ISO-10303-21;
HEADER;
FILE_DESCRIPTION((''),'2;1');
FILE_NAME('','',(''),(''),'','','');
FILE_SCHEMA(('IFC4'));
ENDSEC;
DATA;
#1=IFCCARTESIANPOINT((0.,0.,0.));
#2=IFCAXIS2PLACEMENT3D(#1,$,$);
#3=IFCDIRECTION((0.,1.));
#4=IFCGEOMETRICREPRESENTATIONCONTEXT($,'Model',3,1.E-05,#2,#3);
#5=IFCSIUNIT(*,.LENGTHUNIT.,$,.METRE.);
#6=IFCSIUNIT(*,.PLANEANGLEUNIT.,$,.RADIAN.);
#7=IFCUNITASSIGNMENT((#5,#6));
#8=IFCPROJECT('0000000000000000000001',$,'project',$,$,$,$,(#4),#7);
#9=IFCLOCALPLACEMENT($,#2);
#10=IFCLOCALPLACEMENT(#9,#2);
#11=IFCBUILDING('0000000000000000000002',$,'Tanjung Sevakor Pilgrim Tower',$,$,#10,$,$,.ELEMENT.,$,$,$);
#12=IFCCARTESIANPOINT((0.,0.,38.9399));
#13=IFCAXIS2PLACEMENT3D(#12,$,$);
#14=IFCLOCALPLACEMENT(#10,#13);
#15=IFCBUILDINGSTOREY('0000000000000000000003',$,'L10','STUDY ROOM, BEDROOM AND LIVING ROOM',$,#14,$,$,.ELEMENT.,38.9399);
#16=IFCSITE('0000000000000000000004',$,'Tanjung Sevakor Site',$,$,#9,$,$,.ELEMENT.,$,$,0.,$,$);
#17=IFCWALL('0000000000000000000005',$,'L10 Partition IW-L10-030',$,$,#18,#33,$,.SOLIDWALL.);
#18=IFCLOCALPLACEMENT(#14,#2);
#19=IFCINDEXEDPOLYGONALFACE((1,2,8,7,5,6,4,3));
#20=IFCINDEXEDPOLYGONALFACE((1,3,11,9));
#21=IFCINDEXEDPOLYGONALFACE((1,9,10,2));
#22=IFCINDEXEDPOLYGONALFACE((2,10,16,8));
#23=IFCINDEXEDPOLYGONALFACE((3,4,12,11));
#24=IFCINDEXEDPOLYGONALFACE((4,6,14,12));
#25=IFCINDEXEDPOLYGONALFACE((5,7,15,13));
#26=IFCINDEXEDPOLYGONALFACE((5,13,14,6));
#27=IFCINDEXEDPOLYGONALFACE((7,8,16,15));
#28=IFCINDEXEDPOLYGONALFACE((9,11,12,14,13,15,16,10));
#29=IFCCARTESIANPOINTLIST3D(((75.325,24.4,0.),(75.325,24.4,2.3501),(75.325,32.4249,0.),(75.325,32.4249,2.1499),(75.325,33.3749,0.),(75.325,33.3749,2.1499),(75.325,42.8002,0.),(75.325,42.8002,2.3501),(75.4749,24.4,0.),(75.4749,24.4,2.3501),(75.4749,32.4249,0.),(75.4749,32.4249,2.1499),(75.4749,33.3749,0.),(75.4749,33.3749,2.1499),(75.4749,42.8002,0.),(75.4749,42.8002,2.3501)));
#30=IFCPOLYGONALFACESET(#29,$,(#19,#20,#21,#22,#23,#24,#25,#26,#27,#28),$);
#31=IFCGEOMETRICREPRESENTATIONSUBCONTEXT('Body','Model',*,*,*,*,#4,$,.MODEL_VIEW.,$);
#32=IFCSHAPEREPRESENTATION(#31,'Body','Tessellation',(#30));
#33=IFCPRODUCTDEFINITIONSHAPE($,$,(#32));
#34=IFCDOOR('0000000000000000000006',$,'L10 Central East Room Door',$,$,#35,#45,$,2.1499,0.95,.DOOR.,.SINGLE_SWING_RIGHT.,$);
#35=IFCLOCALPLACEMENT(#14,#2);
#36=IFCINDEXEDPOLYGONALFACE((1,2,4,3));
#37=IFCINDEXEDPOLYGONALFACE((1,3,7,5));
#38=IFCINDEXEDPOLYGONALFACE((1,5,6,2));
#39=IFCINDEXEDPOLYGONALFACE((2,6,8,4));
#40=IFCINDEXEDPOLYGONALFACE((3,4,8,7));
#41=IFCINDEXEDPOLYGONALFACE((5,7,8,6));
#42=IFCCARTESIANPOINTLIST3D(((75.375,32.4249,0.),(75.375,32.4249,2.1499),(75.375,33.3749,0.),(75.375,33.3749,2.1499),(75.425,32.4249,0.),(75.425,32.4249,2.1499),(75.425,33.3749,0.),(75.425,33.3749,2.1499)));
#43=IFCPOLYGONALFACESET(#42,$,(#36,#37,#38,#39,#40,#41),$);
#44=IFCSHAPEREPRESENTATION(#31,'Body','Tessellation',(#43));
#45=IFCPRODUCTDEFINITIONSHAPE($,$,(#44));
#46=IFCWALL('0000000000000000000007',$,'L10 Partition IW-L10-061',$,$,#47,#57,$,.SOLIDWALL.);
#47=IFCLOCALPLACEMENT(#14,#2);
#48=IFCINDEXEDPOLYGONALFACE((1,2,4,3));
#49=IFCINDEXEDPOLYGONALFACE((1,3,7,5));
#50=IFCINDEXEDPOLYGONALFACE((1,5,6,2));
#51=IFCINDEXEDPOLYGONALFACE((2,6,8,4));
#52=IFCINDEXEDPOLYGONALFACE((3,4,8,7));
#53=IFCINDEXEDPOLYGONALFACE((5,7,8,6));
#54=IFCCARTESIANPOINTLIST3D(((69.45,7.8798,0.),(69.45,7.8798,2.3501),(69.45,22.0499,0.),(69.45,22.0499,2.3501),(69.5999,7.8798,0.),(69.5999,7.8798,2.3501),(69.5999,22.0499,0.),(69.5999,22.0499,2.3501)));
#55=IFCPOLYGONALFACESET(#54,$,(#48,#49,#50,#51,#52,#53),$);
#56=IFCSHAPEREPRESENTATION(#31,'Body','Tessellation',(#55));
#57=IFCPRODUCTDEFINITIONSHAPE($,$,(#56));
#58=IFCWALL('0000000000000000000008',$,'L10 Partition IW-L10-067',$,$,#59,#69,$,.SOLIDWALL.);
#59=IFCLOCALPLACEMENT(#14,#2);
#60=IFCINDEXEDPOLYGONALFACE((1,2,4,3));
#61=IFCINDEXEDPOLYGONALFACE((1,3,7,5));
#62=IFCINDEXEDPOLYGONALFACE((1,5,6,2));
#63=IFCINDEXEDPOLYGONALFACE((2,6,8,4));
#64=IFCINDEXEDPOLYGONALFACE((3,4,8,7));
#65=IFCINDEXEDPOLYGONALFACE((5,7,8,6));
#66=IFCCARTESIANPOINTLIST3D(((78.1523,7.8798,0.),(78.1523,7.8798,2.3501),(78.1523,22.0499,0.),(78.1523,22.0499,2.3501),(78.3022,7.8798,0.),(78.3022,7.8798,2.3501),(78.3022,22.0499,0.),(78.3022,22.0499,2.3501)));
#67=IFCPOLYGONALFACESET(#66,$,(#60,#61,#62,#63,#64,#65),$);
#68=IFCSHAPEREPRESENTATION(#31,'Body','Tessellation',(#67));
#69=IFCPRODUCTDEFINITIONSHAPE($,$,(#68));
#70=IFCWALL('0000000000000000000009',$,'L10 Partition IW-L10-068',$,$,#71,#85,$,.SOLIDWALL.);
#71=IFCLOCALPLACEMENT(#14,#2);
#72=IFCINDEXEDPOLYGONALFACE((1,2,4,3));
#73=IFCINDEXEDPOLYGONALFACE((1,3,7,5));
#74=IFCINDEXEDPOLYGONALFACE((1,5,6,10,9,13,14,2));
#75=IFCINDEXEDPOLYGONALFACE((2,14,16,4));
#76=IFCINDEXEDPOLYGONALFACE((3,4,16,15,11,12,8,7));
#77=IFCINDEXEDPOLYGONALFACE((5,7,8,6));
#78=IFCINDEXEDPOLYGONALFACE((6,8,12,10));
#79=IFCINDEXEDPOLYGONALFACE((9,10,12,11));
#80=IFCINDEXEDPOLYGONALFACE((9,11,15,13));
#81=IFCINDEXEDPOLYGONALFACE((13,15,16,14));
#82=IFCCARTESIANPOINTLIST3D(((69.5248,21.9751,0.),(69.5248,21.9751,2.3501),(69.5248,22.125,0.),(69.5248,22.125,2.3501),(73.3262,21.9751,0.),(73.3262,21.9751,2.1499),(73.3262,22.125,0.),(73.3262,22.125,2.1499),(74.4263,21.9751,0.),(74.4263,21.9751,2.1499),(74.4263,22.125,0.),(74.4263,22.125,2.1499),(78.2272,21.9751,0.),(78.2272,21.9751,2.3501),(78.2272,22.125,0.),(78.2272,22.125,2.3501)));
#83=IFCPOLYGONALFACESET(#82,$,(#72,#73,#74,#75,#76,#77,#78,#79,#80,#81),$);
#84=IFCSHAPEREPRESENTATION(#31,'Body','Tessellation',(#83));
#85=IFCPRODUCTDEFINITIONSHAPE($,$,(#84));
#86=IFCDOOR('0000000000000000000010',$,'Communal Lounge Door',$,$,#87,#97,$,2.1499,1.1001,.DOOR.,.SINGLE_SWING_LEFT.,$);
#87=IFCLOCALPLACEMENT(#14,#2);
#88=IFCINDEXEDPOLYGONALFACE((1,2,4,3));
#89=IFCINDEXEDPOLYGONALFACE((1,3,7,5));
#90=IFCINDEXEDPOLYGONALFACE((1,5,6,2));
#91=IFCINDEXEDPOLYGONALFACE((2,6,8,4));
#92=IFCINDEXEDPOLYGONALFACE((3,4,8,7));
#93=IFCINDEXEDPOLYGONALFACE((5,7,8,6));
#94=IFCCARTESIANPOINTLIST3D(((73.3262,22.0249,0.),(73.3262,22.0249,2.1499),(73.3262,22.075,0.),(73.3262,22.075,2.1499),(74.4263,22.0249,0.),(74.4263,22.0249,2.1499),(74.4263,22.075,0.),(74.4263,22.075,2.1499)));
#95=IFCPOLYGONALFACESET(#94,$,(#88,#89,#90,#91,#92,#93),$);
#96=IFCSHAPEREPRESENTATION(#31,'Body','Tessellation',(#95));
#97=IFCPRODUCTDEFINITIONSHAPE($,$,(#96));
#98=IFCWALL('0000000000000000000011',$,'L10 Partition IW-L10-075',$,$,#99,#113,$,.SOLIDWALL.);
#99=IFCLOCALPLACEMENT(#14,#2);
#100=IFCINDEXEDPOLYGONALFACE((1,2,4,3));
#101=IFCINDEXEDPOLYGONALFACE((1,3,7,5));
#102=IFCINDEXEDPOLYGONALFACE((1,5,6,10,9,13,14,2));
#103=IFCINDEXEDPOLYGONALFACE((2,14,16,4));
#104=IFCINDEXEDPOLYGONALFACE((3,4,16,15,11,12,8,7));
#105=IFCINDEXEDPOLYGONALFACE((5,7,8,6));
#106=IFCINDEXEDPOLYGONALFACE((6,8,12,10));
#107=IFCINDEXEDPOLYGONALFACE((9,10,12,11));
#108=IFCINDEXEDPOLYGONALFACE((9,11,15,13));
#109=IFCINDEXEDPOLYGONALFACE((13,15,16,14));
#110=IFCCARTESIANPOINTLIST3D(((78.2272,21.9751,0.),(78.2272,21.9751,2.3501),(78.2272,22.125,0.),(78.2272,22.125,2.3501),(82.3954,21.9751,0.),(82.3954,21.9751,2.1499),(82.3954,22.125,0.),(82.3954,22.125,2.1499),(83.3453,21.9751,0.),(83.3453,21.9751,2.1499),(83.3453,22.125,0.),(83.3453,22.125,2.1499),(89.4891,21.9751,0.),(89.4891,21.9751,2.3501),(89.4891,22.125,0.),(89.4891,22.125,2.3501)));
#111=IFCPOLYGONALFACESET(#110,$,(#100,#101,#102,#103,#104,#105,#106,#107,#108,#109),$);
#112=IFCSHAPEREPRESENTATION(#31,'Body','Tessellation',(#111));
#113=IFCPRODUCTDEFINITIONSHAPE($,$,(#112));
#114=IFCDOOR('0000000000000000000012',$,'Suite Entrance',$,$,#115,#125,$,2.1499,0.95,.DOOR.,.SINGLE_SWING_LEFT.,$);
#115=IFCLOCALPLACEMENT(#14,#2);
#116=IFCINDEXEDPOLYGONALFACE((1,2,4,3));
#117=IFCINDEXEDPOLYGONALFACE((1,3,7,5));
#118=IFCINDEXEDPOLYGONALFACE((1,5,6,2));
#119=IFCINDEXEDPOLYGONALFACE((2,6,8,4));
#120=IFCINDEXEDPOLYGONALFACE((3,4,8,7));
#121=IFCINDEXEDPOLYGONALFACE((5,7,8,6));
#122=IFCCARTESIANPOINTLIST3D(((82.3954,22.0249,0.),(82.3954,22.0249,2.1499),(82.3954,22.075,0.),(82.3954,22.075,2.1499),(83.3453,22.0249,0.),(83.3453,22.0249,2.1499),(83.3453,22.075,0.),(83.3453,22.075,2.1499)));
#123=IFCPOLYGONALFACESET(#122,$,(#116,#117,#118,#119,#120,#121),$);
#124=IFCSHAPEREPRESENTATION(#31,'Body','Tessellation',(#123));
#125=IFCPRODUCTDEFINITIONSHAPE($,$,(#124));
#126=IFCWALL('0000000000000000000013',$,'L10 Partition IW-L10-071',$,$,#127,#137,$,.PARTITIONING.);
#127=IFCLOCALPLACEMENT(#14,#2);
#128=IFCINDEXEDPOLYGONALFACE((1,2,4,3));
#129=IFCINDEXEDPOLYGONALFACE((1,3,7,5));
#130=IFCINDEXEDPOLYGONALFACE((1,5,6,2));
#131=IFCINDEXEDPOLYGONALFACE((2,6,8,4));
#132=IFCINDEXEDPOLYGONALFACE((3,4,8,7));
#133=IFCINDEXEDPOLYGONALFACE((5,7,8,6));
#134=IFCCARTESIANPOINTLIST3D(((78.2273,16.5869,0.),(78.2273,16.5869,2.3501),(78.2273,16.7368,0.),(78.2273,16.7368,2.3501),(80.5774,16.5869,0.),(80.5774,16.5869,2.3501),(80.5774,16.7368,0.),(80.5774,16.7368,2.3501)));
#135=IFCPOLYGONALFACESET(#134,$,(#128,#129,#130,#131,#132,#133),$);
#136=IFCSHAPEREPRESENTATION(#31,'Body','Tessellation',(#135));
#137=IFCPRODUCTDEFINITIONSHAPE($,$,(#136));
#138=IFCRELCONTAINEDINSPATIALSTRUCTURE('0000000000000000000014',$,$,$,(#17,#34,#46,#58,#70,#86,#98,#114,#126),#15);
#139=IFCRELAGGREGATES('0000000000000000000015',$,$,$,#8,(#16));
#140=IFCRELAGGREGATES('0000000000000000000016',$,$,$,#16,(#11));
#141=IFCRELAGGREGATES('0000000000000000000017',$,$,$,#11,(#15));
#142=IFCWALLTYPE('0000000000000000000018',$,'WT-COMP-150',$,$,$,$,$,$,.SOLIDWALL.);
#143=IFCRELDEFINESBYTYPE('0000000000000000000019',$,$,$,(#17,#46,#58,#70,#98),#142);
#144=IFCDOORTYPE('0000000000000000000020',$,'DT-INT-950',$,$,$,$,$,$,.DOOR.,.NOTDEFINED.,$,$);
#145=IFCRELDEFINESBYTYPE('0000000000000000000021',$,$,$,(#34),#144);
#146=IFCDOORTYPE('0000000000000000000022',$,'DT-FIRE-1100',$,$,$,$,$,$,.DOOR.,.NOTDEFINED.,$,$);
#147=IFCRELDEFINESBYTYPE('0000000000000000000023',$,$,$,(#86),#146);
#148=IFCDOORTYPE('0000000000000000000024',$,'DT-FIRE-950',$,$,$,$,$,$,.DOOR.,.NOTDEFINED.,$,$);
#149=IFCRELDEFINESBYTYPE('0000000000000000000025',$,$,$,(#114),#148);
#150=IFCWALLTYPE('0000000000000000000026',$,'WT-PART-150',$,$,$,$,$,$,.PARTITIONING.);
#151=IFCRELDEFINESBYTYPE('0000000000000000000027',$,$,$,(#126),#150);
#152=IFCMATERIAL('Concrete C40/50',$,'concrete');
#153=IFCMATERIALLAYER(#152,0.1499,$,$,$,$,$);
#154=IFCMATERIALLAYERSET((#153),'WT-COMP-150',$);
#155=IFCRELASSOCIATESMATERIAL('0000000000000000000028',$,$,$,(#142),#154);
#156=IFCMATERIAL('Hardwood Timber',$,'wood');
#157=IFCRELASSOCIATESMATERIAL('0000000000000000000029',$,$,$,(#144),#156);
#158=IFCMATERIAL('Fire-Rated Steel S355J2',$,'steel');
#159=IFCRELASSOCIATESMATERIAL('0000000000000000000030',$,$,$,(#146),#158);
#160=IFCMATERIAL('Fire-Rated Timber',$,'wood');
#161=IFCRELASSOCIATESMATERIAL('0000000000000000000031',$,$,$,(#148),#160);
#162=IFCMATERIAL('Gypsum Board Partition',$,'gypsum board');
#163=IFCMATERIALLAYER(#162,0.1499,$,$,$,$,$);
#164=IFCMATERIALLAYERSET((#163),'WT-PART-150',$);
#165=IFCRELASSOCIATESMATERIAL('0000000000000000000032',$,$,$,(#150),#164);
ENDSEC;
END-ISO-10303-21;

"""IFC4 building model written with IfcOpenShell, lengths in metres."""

from ifc_helpers import new_model, si_unit, direction, frame, frame_2d, origin, place, context, subcontext, project, spatial, rectangle, extrude, material, layer, layer_set, type_object, element, fill, save


model = new_model("IFC4")

# Units and contexts
model_context = context("Model", 3, precision=1e-05, world=origin(), true_north=direction((0.0, 1.0)))
body_context = subcontext(model_context, "Body", "Model", "MODEL_VIEW")
ifc_project = project(units=[si_unit("LENGTHUNIT", "METRE"), si_unit("PLANEANGLEUNIT", "RADIAN")], contexts=[model_context])

# Site, building, storey
site_placement = place(None, origin())
site = spatial("IfcSite", under=ifc_project, at=site_placement, Name="Tanjung Sevakor Site", CompositionType="ELEMENT", RefElevation=0.0)
building_placement = place(site_placement, origin())
building = spatial("IfcBuilding", under=site, at=building_placement, Name="Tanjung Sevakor Pilgrim Tower", CompositionType="ELEMENT")
storey_placement = place(building_placement, frame((0.0, 0.0, 38.9399)))
storey = spatial("IfcBuildingStorey", under=building, at=storey_placement, Name="L10", Description="STUDY ROOM, BEDROOM AND LIVING ROOM", CompositionType="ELEMENT", Elevation=38.9399)

# Wall, opening, door
ifc_material_1 = material(Name="Concrete C40/50", Category="concrete")
ifc_layer_1 = layer(ifc_material_1, 0.1499)
ifc_layer_set_1 = layer_set([ifc_layer_1], Name="WT-COMP-150")
wall_type_1 = type_object("IfcWallType", Name="WT-COMP-150", PredefinedType="SOLIDWALL", material=ifc_layer_set_1)
wall_1_placement = place(storey_placement, frame((75.3999, 24.3999, 0.0), z_axis=(0.0, 0.0, 1.0), x_axis=(0.0, 1.0, 0.0)))
wall_1 = element("IfcWall", 1, at=wall_1_placement, inside=storey, type_object=wall_type_1, Name="L10 Partition IW-L10-030", PredefinedType="SOLIDWALL", context=body_context, shape_type="SweptSolid", body=[
    extrude(rectangle(XDim=18.4001, YDim=0.1499, at=frame_2d((9.2002, 0.0))), origin(), (0.0, 0.0, 1.0), 2.3501),
])
opening_1_placement = place(wall_1_placement, frame((8.0249, 0.0, 0.0)))
opening_1 = element("IfcOpeningElement", 2, at=opening_1_placement, cuts=wall_1, PredefinedType="OPENING", context=body_context, shape_type="SweptSolid", body=[
    extrude(rectangle(XDim=0.95, YDim=2.1499, at=frame_2d((0.4751, 1.075))), frame((0.0, 0.085, 0.0), z_axis=(0.0, -1.0, 0.0), x_axis=(1.0, 0.0, 0.0)), (0.0, 0.0, 1.0), 0.1699),
])
ifc_material_2 = material(Name="Hardwood Timber", Category="wood")
door_type_1 = type_object("IfcDoorType", Name="DT-INT-950", OperationType="NOTDEFINED", PredefinedType="DOOR", material=ifc_material_2)
door_1_placement = place(opening_1_placement, origin())
door_1 = element("IfcDoor", 3, at=door_1_placement, inside=storey, type_object=door_type_1, Name="L10 Central East Room Door", OperationType="SINGLE_SWING_RIGHT", OverallHeight=2.1499, OverallWidth=0.95, PredefinedType="DOOR", context=body_context, shape_type="SweptSolid", body=[
    extrude(rectangle(XDim=0.95, YDim=2.1499, at=frame_2d((0.4751, 1.075))), frame((0.0, 0.0249, 0.0), z_axis=(0.0, -1.0, 0.0), x_axis=(1.0, 0.0, 0.0)), (0.0, 0.0, 1.0), 0.05),
])
fill(opening_1, door_1)

# Walls
for number, where, z_axis, x_axis, name in (
    (4, (69.5249, 7.8799, 0.0), (0.0, 0.0, 1.0), (0.0, 1.0, 0.0), "L10 Partition IW-L10-061"),
    (5, (78.2273, 7.8799, 0.0), (0.0, 0.0, 1.0), (0.0, 1.0, 0.0), "L10 Partition IW-L10-067"),
):
    element("IfcWall", number, at=place(storey_placement, frame(where, z_axis=z_axis, x_axis=x_axis)), inside=storey, type_object=wall_type_1, Name=name, PredefinedType="SOLIDWALL", context=body_context, shape_type="SweptSolid", body=[
        extrude(rectangle(XDim=14.1702, YDim=0.1499, at=frame_2d((7.085, 0.0))), origin(), (0.0, 0.0, 1.0), 2.3501),
    ])

# Walls, openings, doors
wall_2_placement = place(storey_placement, frame((69.5249, 22.05, 0.0), z_axis=(0.0, 0.0, 1.0), x_axis=(1.0, 0.0, 0.0)))
wall_2 = element("IfcWall", 6, at=wall_2_placement, inside=storey, type_object=wall_type_1, Name="L10 Partition IW-L10-068", PredefinedType="SOLIDWALL", context=body_context, shape_type="SweptSolid", body=[
    extrude(rectangle(XDim=8.7024, YDim=0.1499, at=frame_2d((4.3511, 0.0))), origin(), (0.0, 0.0, 1.0), 2.3501),
])
opening_2_placement = place(wall_2_placement, frame((3.8013, 0.0, 0.0)))
opening_2 = element("IfcOpeningElement", 7, at=opening_2_placement, cuts=wall_2, PredefinedType="OPENING", context=body_context, shape_type="SweptSolid", body=[
    extrude(rectangle(XDim=1.1001, YDim=2.1499, at=frame_2d((0.55, 1.075))), frame((0.0, 0.085, 0.0), z_axis=(0.0, -1.0, 0.0), x_axis=(1.0, 0.0, 0.0)), (0.0, 0.0, 1.0), 0.1699),
])
ifc_material_3 = material(Name="Fire-Rated Steel S355J2", Category="steel")
door_type_2 = type_object("IfcDoorType", Name="DT-FIRE-1100", OperationType="NOTDEFINED", PredefinedType="DOOR", material=ifc_material_3)
door_2_placement = place(opening_2_placement, origin())
door_2 = element("IfcDoor", 8, at=door_2_placement, inside=storey, type_object=door_type_2, Name="Communal Lounge Door", OperationType="SINGLE_SWING_LEFT", OverallHeight=2.1499, OverallWidth=1.1001, PredefinedType="DOOR", context=body_context, shape_type="SweptSolid", body=[
    extrude(rectangle(XDim=1.1001, YDim=2.1499, at=frame_2d((0.55, 1.075))), frame((0.0, 0.0249, 0.0), z_axis=(0.0, -1.0, 0.0), x_axis=(1.0, 0.0, 0.0)), (0.0, 0.0, 1.0), 0.05),
])
fill(opening_2, door_2)
wall_3_placement = place(storey_placement, frame((78.2273, 22.05, 0.0), z_axis=(0.0, 0.0, 1.0), x_axis=(1.0, 0.0, 0.0)))
wall_3 = element("IfcWall", 9, at=wall_3_placement, inside=storey, type_object=wall_type_1, Name="L10 Partition IW-L10-075", PredefinedType="SOLIDWALL", context=body_context, shape_type="SweptSolid", body=[
    extrude(rectangle(XDim=11.262, YDim=0.1499, at=frame_2d((5.6309, 0.0))), origin(), (0.0, 0.0, 1.0), 2.3501),
])
opening_3_placement = place(wall_3_placement, frame((4.168, 0.0, 0.0)))
opening_3 = element("IfcOpeningElement", 10, at=opening_3_placement, cuts=wall_3, PredefinedType="OPENING", context=body_context, shape_type="SweptSolid", body=[
    extrude(rectangle(XDim=0.95, YDim=2.1499, at=frame_2d((0.4751, 1.075))), frame((0.0, 0.085, 0.0), z_axis=(0.0, -1.0, 0.0), x_axis=(1.0, 0.0, 0.0)), (0.0, 0.0, 1.0), 0.1699),
])
ifc_material_4 = material(Name="Fire-Rated Timber", Category="wood")
door_type_3 = type_object("IfcDoorType", Name="DT-FIRE-950", OperationType="NOTDEFINED", PredefinedType="DOOR", material=ifc_material_4)
door_3_placement = place(opening_3_placement, origin())
door_3 = element("IfcDoor", 11, at=door_3_placement, inside=storey, type_object=door_type_3, Name="Suite Entrance", OperationType="SINGLE_SWING_LEFT", OverallHeight=2.1499, OverallWidth=0.95, PredefinedType="DOOR", context=body_context, shape_type="SweptSolid", body=[
    extrude(rectangle(XDim=0.95, YDim=2.1499, at=frame_2d((0.4751, 1.075))), frame((0.0, 0.0249, 0.0), z_axis=(0.0, -1.0, 0.0), x_axis=(1.0, 0.0, 0.0)), (0.0, 0.0, 1.0), 0.05),
])
fill(opening_3, door_3)

# Wall
ifc_material_5 = material(Name="Gypsum Board Partition", Category="gypsum board")
ifc_layer_2 = layer(ifc_material_5, 0.1499)
ifc_layer_set_2 = layer_set([ifc_layer_2], Name="WT-PART-150")
wall_type_2 = type_object("IfcWallType", Name="WT-PART-150", PredefinedType="PARTITIONING", material=ifc_layer_set_2)
wall_4_placement = place(storey_placement, frame((78.2273, 16.6619, 0.0), z_axis=(0.0, 0.0, 1.0), x_axis=(1.0, 0.0, 0.0)))
element("IfcWall", 12, at=wall_4_placement, inside=storey, type_object=wall_type_2, Name="L10 Partition IW-L10-071", PredefinedType="PARTITIONING", context=body_context, shape_type="SweptSolid", body=[
    extrude(rectangle(XDim=2.3501, YDim=0.1499, at=frame_2d((1.175, 0.0))), origin(), (0.0, 0.0, 1.0), 2.3501),
])

save(model, "model.ifc")
